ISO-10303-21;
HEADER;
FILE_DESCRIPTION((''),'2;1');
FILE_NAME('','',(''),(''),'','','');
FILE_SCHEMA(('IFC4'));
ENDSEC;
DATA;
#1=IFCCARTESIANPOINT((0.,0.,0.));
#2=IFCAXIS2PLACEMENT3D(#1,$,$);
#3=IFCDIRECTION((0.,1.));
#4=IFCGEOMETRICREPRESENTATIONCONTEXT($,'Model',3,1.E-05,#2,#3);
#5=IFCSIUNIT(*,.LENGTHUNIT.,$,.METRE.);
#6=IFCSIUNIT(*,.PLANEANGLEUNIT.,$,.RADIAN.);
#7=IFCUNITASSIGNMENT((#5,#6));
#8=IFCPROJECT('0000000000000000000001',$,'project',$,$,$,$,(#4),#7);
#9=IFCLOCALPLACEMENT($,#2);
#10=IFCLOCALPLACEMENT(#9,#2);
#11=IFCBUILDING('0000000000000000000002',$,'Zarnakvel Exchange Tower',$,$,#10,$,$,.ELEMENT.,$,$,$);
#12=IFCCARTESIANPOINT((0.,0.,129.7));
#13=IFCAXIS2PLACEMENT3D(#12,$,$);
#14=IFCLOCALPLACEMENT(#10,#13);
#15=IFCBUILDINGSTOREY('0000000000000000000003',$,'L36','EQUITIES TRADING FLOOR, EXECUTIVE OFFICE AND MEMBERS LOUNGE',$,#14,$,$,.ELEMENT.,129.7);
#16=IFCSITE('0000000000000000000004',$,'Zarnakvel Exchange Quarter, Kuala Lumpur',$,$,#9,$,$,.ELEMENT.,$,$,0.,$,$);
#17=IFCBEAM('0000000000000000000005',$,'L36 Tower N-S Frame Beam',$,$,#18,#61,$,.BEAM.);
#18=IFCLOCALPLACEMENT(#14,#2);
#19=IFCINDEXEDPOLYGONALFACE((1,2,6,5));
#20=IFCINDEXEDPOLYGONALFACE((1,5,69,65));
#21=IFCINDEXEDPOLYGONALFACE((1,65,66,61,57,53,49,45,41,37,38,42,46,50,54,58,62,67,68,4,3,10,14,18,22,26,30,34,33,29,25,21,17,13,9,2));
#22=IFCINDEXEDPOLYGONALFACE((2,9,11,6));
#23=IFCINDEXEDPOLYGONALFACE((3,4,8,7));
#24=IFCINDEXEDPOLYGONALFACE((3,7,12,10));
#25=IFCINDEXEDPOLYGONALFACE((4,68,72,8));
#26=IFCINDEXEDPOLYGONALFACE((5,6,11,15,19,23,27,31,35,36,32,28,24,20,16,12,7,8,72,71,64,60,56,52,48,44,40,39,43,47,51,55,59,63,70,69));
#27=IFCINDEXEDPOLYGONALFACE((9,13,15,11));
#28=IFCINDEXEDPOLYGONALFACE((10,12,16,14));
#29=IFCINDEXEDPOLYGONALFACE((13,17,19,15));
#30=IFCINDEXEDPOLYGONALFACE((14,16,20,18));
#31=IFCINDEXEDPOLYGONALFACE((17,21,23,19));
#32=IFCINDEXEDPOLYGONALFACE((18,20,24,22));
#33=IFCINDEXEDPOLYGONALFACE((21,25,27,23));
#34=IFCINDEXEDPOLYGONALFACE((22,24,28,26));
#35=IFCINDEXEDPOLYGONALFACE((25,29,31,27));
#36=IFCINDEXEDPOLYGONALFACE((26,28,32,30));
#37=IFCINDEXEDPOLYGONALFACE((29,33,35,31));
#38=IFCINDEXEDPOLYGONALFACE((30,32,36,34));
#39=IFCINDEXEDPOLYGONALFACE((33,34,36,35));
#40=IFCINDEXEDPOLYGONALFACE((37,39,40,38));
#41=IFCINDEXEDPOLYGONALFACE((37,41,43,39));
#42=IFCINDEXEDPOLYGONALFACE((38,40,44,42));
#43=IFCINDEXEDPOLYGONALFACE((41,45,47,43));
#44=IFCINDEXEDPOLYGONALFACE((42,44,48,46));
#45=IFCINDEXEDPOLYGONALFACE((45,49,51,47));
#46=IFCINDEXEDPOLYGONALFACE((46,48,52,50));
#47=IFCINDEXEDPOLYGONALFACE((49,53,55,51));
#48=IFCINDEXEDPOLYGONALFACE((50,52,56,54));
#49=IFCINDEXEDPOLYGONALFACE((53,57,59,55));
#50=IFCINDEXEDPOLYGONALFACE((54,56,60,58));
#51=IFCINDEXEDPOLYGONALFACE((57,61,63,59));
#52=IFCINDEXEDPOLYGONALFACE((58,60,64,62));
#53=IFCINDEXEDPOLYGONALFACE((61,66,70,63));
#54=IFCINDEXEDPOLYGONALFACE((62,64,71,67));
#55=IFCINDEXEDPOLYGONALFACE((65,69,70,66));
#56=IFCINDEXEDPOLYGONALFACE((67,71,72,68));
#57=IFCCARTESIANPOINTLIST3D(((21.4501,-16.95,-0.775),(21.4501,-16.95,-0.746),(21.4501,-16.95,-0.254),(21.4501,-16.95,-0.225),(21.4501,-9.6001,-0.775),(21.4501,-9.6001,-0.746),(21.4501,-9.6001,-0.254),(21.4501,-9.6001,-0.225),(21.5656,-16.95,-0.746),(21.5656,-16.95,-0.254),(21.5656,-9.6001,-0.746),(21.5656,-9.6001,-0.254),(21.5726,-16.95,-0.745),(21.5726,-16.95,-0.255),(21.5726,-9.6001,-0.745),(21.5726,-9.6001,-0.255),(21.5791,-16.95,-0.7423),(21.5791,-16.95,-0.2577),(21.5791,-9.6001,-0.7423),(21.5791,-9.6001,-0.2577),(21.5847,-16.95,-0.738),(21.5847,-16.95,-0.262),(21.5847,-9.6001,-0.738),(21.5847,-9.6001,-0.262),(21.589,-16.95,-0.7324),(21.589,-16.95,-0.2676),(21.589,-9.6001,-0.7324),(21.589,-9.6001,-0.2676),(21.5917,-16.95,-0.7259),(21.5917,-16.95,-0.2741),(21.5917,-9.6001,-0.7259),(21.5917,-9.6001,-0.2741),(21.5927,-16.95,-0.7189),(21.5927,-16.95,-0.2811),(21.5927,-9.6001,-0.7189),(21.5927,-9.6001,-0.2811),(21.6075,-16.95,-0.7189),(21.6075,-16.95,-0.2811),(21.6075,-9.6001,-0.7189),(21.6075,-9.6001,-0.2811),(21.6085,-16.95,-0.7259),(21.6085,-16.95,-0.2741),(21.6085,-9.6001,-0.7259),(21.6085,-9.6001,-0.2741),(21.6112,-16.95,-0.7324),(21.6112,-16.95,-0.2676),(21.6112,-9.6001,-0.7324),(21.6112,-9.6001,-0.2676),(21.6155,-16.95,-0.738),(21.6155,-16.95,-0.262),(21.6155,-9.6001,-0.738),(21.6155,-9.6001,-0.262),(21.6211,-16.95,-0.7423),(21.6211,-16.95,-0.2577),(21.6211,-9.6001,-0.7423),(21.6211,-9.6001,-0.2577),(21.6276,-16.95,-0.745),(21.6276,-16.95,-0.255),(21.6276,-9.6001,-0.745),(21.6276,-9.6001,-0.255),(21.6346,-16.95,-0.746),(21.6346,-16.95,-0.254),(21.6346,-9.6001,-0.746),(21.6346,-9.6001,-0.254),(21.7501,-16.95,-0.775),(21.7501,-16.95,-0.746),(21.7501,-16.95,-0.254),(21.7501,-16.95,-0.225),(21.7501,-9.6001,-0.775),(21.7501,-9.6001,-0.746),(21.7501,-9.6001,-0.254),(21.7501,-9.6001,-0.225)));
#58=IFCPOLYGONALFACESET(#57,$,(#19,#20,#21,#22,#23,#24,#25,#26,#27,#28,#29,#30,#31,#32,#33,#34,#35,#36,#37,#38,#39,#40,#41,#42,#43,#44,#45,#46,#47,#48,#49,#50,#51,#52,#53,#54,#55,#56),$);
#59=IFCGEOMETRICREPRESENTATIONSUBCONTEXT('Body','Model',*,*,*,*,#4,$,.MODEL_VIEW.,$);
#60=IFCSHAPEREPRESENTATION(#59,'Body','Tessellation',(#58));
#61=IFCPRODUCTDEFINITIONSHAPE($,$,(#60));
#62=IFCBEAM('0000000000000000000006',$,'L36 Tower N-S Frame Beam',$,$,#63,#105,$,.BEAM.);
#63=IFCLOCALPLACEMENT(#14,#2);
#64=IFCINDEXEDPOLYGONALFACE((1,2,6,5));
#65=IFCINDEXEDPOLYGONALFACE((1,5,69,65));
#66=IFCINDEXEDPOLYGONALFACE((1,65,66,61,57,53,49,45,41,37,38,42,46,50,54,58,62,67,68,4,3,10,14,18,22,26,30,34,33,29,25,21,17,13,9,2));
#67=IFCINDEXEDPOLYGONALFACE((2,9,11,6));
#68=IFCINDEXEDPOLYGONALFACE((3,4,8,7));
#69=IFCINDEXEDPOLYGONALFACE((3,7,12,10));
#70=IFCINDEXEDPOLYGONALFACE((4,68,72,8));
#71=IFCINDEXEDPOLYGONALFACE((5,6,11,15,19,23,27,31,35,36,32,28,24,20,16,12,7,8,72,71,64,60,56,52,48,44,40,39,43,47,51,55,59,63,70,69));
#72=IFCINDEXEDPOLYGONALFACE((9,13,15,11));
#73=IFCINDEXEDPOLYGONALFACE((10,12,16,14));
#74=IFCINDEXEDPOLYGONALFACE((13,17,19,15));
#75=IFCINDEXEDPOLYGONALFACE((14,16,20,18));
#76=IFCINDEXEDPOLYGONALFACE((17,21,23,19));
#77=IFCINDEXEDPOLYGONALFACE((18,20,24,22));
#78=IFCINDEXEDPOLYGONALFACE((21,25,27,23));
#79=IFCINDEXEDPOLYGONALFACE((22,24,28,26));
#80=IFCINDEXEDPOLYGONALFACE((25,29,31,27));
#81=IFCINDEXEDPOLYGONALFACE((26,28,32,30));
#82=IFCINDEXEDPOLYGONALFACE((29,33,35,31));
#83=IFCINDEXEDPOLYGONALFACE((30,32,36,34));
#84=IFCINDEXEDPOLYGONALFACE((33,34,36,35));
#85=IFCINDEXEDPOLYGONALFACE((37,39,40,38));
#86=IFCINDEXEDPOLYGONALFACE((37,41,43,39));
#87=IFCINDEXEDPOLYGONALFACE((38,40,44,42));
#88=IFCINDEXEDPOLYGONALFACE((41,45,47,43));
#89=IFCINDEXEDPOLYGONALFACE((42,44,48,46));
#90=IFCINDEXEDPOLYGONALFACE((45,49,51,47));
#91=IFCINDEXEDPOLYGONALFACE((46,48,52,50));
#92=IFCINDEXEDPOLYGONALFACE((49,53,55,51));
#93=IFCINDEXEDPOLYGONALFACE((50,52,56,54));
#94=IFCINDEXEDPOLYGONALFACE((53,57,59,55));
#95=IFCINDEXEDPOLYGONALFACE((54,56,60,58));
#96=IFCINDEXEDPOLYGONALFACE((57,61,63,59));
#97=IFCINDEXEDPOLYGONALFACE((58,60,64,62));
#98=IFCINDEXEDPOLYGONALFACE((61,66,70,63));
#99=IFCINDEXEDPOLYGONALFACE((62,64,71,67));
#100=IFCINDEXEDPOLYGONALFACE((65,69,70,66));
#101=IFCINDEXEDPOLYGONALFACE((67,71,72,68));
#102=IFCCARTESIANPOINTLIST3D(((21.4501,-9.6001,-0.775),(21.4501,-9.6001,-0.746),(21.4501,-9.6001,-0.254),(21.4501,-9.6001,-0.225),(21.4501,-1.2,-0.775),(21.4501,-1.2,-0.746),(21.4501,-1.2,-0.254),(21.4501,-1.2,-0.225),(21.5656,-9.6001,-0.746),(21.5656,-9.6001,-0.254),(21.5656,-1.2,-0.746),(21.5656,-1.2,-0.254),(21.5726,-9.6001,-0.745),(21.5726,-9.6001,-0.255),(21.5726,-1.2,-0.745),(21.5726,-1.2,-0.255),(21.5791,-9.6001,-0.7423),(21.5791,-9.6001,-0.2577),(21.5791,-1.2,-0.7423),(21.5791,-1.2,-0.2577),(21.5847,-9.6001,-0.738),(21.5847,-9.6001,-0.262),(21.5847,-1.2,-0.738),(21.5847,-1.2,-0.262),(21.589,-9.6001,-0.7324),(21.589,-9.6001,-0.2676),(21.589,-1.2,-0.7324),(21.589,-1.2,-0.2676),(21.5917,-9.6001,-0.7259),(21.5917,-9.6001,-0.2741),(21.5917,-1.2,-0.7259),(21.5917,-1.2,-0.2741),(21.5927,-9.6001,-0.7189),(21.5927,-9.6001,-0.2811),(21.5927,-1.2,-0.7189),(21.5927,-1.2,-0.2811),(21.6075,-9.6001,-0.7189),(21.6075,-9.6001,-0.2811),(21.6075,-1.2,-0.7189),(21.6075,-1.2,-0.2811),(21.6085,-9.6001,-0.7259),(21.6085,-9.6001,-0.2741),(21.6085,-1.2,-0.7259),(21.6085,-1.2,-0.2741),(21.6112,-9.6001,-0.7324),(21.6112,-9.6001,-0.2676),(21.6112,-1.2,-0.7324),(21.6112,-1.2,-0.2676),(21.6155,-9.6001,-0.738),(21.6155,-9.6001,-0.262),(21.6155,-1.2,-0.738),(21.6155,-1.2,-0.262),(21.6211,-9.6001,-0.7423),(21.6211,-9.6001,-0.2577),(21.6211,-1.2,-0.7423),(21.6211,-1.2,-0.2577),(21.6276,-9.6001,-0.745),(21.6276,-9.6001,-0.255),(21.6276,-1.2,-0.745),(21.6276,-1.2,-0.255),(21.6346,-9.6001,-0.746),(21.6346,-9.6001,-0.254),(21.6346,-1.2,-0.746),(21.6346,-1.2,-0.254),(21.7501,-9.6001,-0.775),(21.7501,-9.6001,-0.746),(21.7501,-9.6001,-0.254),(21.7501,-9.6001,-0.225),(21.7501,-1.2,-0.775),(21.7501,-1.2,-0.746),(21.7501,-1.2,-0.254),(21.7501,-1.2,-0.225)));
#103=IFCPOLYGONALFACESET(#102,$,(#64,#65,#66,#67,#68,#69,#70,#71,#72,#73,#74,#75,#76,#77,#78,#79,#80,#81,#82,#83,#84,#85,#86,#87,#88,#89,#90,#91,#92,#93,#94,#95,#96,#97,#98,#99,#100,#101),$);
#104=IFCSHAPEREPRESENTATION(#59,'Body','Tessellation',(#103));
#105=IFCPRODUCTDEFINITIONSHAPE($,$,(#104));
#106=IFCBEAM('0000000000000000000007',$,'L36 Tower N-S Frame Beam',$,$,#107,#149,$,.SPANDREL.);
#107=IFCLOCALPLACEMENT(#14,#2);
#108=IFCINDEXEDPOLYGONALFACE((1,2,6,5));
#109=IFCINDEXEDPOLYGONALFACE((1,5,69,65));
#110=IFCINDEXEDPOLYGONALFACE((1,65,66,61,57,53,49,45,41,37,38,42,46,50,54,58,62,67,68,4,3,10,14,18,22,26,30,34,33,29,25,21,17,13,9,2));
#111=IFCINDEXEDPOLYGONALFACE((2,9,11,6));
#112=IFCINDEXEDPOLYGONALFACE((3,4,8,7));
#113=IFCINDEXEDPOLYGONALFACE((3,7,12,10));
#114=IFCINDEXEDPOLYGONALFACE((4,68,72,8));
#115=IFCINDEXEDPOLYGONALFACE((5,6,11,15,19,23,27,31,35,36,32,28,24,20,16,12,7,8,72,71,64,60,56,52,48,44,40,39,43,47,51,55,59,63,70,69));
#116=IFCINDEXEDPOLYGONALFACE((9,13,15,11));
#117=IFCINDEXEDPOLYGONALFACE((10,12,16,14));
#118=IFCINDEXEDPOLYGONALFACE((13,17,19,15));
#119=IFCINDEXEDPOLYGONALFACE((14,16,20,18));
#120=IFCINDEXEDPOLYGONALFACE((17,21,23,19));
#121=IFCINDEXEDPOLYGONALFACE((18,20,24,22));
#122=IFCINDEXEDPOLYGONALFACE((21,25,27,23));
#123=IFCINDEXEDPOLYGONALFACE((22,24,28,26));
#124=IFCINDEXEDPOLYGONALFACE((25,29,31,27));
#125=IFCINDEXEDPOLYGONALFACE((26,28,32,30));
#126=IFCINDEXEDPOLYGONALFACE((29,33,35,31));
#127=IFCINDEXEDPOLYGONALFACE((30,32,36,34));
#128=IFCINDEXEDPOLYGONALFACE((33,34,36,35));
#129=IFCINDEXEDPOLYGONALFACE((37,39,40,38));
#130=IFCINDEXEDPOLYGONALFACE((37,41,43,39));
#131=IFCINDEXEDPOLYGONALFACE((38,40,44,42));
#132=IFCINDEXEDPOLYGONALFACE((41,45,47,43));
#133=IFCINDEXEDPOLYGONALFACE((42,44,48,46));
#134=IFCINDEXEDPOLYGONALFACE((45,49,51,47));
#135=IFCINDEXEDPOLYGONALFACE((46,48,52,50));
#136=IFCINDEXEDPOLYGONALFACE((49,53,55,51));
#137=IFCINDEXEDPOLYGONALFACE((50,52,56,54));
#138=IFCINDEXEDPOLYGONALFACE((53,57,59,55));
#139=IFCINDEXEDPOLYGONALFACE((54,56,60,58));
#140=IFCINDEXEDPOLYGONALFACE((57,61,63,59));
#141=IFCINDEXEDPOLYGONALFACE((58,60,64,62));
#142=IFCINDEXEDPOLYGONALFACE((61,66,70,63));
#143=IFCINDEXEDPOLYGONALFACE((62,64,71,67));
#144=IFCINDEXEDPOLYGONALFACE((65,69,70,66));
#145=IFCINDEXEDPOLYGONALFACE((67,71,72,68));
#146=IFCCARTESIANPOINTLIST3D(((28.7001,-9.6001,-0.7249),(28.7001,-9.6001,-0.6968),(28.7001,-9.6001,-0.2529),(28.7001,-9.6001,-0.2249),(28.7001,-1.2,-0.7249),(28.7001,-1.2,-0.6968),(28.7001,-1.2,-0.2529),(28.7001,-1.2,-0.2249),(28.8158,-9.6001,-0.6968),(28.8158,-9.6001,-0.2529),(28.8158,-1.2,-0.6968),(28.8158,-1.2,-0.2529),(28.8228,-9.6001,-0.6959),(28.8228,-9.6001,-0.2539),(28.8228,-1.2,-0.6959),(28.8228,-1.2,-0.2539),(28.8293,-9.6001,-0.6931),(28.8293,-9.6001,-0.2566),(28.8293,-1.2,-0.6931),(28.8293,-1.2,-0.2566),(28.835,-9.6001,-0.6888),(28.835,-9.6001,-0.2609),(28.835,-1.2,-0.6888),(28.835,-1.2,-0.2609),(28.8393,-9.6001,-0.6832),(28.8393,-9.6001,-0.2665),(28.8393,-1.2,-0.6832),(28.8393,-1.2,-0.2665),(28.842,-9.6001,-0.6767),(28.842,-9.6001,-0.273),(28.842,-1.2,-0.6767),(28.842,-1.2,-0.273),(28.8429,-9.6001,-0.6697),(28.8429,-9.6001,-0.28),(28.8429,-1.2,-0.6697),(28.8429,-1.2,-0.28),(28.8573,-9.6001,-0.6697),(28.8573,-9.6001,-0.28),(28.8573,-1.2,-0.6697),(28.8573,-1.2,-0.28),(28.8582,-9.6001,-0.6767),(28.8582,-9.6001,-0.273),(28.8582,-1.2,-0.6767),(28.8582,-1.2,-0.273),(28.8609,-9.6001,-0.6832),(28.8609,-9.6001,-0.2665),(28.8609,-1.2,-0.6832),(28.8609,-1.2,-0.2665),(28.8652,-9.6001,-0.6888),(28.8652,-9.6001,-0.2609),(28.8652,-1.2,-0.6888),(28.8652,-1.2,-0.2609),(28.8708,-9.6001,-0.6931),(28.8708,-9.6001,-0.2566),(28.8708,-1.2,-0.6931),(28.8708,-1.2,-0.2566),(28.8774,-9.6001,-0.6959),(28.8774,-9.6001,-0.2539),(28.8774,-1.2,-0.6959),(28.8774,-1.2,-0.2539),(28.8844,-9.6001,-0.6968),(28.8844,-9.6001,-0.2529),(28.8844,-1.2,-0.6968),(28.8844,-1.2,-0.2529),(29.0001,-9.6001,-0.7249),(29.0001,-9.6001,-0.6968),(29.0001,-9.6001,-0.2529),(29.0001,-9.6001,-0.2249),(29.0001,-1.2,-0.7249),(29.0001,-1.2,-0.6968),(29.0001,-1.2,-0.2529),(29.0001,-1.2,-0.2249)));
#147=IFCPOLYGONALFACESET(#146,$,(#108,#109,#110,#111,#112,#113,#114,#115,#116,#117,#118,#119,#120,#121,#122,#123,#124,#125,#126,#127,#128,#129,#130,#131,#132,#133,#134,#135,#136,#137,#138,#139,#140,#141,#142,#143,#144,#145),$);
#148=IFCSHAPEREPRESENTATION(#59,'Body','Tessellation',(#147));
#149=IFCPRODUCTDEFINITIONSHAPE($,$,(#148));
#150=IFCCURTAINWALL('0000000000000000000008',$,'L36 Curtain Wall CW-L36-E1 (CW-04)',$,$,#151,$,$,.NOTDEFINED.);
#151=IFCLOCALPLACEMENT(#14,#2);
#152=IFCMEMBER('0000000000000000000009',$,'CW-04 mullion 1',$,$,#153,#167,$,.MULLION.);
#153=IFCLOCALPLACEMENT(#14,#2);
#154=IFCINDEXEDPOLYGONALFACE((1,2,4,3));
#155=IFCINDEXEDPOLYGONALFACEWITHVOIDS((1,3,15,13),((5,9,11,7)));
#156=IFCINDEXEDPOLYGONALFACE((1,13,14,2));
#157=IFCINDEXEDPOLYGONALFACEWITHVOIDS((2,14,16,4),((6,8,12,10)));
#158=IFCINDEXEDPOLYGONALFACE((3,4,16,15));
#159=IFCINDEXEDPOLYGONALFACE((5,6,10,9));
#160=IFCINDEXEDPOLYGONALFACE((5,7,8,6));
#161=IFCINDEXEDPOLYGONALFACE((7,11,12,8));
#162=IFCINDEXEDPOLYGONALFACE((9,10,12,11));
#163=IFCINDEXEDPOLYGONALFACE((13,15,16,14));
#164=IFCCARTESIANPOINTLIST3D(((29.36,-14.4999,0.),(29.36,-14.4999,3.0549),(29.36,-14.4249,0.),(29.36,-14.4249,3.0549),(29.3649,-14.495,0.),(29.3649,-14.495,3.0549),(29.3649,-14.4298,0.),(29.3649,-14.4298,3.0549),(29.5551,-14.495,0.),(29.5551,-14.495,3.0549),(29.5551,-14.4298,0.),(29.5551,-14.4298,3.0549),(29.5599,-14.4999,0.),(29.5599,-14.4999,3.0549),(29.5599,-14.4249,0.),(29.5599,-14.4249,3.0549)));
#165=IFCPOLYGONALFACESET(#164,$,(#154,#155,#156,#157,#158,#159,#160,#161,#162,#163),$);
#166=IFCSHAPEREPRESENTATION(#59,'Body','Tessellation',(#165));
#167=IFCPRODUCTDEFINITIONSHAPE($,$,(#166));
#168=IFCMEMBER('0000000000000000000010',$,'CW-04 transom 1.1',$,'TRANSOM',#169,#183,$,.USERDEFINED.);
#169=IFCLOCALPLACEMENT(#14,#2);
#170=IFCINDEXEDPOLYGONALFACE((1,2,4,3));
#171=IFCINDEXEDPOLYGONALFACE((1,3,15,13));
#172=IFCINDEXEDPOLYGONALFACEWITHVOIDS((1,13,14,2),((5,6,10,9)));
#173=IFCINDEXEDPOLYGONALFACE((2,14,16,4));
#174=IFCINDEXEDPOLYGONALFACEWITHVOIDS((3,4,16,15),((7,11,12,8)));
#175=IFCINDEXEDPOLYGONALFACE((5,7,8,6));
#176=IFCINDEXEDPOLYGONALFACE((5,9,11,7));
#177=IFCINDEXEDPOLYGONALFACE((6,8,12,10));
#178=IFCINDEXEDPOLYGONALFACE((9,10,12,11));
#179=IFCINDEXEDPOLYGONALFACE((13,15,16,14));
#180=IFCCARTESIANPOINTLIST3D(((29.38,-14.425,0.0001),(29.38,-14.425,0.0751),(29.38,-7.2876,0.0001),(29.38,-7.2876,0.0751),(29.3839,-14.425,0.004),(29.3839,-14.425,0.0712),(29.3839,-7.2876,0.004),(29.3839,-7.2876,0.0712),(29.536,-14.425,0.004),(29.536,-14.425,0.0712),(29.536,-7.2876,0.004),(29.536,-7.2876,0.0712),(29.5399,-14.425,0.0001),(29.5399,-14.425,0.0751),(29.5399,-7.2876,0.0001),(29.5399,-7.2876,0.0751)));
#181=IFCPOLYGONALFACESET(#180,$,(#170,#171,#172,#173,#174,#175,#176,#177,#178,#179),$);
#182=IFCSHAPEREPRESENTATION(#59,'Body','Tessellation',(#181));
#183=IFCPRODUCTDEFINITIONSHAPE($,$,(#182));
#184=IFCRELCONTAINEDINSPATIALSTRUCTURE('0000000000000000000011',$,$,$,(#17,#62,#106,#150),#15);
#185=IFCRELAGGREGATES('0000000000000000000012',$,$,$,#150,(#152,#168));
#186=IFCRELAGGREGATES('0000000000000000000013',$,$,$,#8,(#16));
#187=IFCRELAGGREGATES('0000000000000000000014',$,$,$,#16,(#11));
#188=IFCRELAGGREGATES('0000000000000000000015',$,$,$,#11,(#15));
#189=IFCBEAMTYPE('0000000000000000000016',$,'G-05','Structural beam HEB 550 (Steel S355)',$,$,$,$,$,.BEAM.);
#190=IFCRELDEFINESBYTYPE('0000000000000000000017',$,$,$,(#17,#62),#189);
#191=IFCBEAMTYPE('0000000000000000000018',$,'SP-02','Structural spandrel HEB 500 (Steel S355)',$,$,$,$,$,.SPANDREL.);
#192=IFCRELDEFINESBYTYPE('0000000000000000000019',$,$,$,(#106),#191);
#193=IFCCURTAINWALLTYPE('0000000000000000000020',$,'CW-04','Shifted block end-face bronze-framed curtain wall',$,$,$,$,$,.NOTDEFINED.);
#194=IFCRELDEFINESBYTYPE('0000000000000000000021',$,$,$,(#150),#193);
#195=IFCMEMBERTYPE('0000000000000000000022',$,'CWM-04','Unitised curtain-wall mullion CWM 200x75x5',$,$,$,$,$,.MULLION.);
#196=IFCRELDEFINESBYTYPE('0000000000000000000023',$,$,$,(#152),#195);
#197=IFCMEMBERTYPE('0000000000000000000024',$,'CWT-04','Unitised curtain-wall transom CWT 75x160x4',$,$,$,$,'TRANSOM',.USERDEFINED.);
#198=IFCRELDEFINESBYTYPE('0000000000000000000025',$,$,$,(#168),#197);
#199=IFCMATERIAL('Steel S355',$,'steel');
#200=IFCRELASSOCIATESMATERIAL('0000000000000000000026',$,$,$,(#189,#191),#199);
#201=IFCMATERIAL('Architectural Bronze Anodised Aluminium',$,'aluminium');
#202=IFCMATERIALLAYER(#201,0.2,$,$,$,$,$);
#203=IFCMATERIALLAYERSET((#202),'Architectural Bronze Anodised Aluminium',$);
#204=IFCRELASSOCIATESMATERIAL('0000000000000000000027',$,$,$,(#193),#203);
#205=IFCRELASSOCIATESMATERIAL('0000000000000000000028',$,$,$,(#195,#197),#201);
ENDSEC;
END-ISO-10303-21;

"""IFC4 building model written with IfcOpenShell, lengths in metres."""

from ifc_helpers import new_model, si_unit, direction, frame, origin, origin_2d, place, context, subcontext, project, spatial, hollow_rectangle, i_section, extrude, source, transform, mapped, material, layer, layer_set, material_profile, profile_set, type_object, element, aggregate, save


model = new_model("IFC4")

# Units and contexts
model_context = context("Model", 3, precision=1e-05, world=origin(), true_north=direction((0.0, 1.0)))
body_context = subcontext(model_context, "Body", "Model", "MODEL_VIEW")
ifc_project = project(units=[si_unit("LENGTHUNIT", "METRE"), si_unit("PLANEANGLEUNIT", "RADIAN")], contexts=[model_context])

# Site, building, storey
site_placement = place(None, origin())
site = spatial("IfcSite", under=ifc_project, at=site_placement, Name="Zarnakvel Exchange Quarter, Kuala Lumpur", CompositionType="ELEMENT", RefElevation=0.0)
building_placement = place(site_placement, origin())
building = spatial("IfcBuilding", under=site, at=building_placement, Name="Zarnakvel Exchange Tower", CompositionType="ELEMENT")
storey_placement = place(building_placement, frame((0.0, 0.0, 129.7)))
storey = spatial("IfcBuildingStorey", under=building, at=storey_placement, Name="L36", Description="EQUITIES TRADING FLOOR, EXECUTIVE OFFICE AND MEMBERS LOUNGE", CompositionType="ELEMENT", Elevation=129.7)

# Shared definitions
ifc_material_1 = material(Name="Steel S355", Category="steel")

# Beams
ifc_material_profile_1 = material_profile(ifc_material_1, i_section(OverallWidth=0.3, OverallDepth=0.55, WebThickness=0.0149, FlangeThickness=0.0291, FilletRadius=0.0271, at=origin_2d()))
ifc_profile_set_1 = profile_set([ifc_material_profile_1], Name="Steel S355")
beam_type_1 = type_object("IfcBeamType", Name="G-05", Description="Structural beam HEB 550 (Steel S355)", PredefinedType="BEAM", material=ifc_profile_set_1)
beam_1_placement = place(storey_placement, frame((21.6001, -16.95, -0.5), z_axis=(0.0, 1.0, 0.0), x_axis=(-1.0, 0.0, 0.0)))
element("IfcBeam", 1, at=beam_1_placement, inside=storey, type_object=beam_type_1, Name="L36 Tower N-S Frame Beam", PredefinedType="BEAM", context=body_context, shape_type="SweptSolid", body=[
    extrude(i_section(OverallWidth=0.3, OverallDepth=0.55, WebThickness=0.0149, FlangeThickness=0.0291, FilletRadius=0.0271, at=origin_2d()), origin(), (0.0, 0.0, 1.0), 7.3499),
])
beam_2_placement = place(storey_placement, frame((21.6001, -9.6001, -0.5), z_axis=(0.0, 1.0, 0.0), x_axis=(-1.0, 0.0, 0.0)))
element("IfcBeam", 2, at=beam_2_placement, inside=storey, type_object=beam_type_1, Name="L36 Tower N-S Frame Beam", PredefinedType="BEAM", context=body_context, shape_type="SweptSolid", body=[
    extrude(i_section(OverallWidth=0.3, OverallDepth=0.55, WebThickness=0.0149, FlangeThickness=0.0291, FilletRadius=0.0271, at=origin_2d()), origin(), (0.0, 0.0, 1.0), 8.4001),
])
ifc_material_profile_2 = material_profile(ifc_material_1, i_section(OverallWidth=0.3, OverallDepth=0.5, WebThickness=0.0144, FlangeThickness=0.0281, FilletRadius=0.0271, at=origin_2d()))
ifc_profile_set_2 = profile_set([ifc_material_profile_2], Name="Steel S355")
beam_type_2 = type_object("IfcBeamType", Name="SP-02", Description="Structural spandrel HEB 500 (Steel S355)", PredefinedType="SPANDREL", material=ifc_profile_set_2)
beam_3_placement = place(storey_placement, frame((28.8501, -9.6001, -0.4749), z_axis=(0.0, 1.0, 0.0), x_axis=(-1.0, 0.0, 0.0)))
element("IfcBeam", 3, at=beam_3_placement, inside=storey, type_object=beam_type_2, Name="L36 Tower N-S Frame Beam", PredefinedType="SPANDREL", context=body_context, shape_type="SweptSolid", body=[
    extrude(i_section(OverallWidth=0.3, OverallDepth=0.5, WebThickness=0.0144, FlangeThickness=0.0281, FilletRadius=0.0271, at=origin_2d()), origin(), (0.0, 0.0, 1.0), 8.4001),
])

# Curtain wall, members
ifc_material_2 = material(Name="Architectural Bronze Anodised Aluminium", Category="aluminium")
ifc_layer_1 = layer(ifc_material_2, 0.2)
ifc_layer_set_1 = layer_set([ifc_layer_1], Name="Architectural Bronze Anodised Aluminium")
curtain_wall_type = type_object("IfcCurtainWallType", Name="CW-04", Description="Shifted block end-face bronze-framed curtain wall", PredefinedType="NOTDEFINED", material=ifc_layer_set_1)
curtain_wall_placement = place(storey_placement, origin())
curtain_wall = element("IfcCurtainWall", 4, at=curtain_wall_placement, inside=storey, type_object=curtain_wall_type, Name="L36 Curtain Wall CW-L36-E1 (CW-04)", PredefinedType="NOTDEFINED")
ifc_material_profile_3 = material_profile(ifc_material_2, hollow_rectangle(XDim=0.2, YDim=0.075, WallThickness=0.0049, at=origin_2d()))
ifc_profile_set_3 = profile_set([ifc_material_profile_3], Name="Architectural Bronze Anodised Aluminium")
member_type_1 = type_object("IfcMemberType", Name="CWM-04", Description="Unitised curtain-wall mullion CWM 200x75x5", PredefinedType="MULLION", material=ifc_profile_set_3)
shared_shape_1 = source(origin(), body_context, "Body", "SweptSolid", [
    extrude(hollow_rectangle(XDim=0.2, YDim=0.075, WallThickness=0.0049, at=origin_2d()), origin(), (0.0, 0.0, 1.0), 3.0549),
])
member_1_placement = place(storey_placement, frame((29.46, -14.4624, 0.0), z_axis=(0.0, 0.0, 1.0), x_axis=(-1.0, 0.0, 0.0)))
member_1 = element("IfcMember", 5, at=member_1_placement, type_object=member_type_1, Name="CW-04 mullion 1", PredefinedType="MULLION", context=body_context, shape_type="MappedRepresentation", body=[
    mapped(shared_shape_1, transform((0.0, 0.0, 0.0), x_axis=(1.0, 0.0, 0.0), y_axis=(0.0, 1.0, 0.0), z_axis=(0.0, 0.0, 1.0), scale=1.0)),
])
ifc_material_profile_4 = material_profile(ifc_material_2, hollow_rectangle(XDim=0.1599, YDim=0.075, WallThickness=0.0039, at=origin_2d()))
ifc_profile_set_4 = profile_set([ifc_material_profile_4], Name="Architectural Bronze Anodised Aluminium")
member_type_2 = type_object("IfcMemberType", Name="CWT-04", Description="Unitised curtain-wall transom CWT 75x160x4", ElementType="TRANSOM", PredefinedType="USERDEFINED", material=ifc_profile_set_4)
shared_shape_2 = source(origin(), body_context, "Body", "SweptSolid", [
    extrude(hollow_rectangle(XDim=0.1599, YDim=0.075, WallThickness=0.0039, at=origin_2d()), origin(), (0.0, 0.0, 1.0), 7.1375),
])
member_2_placement = place(storey_placement, frame((29.46, -14.425, 0.0376), z_axis=(0.0, 1.0, 0.0), x_axis=(-1.0, 0.0, 0.0)))
member_2 = element("IfcMember", 6, at=member_2_placement, type_object=member_type_2, Name="CW-04 transom 1.1", ObjectType="TRANSOM", PredefinedType="USERDEFINED", context=body_context, shape_type="MappedRepresentation", body=[
    mapped(shared_shape_2, transform((0.0, 0.0, 0.0), x_axis=(1.0, 0.0, 0.0), y_axis=(0.0, 1.0, 0.0), z_axis=(0.0, 0.0, 1.0), scale=1.0)),
])
aggregate(curtain_wall, [member_1, member_2])

save(model, "model.ifc")
